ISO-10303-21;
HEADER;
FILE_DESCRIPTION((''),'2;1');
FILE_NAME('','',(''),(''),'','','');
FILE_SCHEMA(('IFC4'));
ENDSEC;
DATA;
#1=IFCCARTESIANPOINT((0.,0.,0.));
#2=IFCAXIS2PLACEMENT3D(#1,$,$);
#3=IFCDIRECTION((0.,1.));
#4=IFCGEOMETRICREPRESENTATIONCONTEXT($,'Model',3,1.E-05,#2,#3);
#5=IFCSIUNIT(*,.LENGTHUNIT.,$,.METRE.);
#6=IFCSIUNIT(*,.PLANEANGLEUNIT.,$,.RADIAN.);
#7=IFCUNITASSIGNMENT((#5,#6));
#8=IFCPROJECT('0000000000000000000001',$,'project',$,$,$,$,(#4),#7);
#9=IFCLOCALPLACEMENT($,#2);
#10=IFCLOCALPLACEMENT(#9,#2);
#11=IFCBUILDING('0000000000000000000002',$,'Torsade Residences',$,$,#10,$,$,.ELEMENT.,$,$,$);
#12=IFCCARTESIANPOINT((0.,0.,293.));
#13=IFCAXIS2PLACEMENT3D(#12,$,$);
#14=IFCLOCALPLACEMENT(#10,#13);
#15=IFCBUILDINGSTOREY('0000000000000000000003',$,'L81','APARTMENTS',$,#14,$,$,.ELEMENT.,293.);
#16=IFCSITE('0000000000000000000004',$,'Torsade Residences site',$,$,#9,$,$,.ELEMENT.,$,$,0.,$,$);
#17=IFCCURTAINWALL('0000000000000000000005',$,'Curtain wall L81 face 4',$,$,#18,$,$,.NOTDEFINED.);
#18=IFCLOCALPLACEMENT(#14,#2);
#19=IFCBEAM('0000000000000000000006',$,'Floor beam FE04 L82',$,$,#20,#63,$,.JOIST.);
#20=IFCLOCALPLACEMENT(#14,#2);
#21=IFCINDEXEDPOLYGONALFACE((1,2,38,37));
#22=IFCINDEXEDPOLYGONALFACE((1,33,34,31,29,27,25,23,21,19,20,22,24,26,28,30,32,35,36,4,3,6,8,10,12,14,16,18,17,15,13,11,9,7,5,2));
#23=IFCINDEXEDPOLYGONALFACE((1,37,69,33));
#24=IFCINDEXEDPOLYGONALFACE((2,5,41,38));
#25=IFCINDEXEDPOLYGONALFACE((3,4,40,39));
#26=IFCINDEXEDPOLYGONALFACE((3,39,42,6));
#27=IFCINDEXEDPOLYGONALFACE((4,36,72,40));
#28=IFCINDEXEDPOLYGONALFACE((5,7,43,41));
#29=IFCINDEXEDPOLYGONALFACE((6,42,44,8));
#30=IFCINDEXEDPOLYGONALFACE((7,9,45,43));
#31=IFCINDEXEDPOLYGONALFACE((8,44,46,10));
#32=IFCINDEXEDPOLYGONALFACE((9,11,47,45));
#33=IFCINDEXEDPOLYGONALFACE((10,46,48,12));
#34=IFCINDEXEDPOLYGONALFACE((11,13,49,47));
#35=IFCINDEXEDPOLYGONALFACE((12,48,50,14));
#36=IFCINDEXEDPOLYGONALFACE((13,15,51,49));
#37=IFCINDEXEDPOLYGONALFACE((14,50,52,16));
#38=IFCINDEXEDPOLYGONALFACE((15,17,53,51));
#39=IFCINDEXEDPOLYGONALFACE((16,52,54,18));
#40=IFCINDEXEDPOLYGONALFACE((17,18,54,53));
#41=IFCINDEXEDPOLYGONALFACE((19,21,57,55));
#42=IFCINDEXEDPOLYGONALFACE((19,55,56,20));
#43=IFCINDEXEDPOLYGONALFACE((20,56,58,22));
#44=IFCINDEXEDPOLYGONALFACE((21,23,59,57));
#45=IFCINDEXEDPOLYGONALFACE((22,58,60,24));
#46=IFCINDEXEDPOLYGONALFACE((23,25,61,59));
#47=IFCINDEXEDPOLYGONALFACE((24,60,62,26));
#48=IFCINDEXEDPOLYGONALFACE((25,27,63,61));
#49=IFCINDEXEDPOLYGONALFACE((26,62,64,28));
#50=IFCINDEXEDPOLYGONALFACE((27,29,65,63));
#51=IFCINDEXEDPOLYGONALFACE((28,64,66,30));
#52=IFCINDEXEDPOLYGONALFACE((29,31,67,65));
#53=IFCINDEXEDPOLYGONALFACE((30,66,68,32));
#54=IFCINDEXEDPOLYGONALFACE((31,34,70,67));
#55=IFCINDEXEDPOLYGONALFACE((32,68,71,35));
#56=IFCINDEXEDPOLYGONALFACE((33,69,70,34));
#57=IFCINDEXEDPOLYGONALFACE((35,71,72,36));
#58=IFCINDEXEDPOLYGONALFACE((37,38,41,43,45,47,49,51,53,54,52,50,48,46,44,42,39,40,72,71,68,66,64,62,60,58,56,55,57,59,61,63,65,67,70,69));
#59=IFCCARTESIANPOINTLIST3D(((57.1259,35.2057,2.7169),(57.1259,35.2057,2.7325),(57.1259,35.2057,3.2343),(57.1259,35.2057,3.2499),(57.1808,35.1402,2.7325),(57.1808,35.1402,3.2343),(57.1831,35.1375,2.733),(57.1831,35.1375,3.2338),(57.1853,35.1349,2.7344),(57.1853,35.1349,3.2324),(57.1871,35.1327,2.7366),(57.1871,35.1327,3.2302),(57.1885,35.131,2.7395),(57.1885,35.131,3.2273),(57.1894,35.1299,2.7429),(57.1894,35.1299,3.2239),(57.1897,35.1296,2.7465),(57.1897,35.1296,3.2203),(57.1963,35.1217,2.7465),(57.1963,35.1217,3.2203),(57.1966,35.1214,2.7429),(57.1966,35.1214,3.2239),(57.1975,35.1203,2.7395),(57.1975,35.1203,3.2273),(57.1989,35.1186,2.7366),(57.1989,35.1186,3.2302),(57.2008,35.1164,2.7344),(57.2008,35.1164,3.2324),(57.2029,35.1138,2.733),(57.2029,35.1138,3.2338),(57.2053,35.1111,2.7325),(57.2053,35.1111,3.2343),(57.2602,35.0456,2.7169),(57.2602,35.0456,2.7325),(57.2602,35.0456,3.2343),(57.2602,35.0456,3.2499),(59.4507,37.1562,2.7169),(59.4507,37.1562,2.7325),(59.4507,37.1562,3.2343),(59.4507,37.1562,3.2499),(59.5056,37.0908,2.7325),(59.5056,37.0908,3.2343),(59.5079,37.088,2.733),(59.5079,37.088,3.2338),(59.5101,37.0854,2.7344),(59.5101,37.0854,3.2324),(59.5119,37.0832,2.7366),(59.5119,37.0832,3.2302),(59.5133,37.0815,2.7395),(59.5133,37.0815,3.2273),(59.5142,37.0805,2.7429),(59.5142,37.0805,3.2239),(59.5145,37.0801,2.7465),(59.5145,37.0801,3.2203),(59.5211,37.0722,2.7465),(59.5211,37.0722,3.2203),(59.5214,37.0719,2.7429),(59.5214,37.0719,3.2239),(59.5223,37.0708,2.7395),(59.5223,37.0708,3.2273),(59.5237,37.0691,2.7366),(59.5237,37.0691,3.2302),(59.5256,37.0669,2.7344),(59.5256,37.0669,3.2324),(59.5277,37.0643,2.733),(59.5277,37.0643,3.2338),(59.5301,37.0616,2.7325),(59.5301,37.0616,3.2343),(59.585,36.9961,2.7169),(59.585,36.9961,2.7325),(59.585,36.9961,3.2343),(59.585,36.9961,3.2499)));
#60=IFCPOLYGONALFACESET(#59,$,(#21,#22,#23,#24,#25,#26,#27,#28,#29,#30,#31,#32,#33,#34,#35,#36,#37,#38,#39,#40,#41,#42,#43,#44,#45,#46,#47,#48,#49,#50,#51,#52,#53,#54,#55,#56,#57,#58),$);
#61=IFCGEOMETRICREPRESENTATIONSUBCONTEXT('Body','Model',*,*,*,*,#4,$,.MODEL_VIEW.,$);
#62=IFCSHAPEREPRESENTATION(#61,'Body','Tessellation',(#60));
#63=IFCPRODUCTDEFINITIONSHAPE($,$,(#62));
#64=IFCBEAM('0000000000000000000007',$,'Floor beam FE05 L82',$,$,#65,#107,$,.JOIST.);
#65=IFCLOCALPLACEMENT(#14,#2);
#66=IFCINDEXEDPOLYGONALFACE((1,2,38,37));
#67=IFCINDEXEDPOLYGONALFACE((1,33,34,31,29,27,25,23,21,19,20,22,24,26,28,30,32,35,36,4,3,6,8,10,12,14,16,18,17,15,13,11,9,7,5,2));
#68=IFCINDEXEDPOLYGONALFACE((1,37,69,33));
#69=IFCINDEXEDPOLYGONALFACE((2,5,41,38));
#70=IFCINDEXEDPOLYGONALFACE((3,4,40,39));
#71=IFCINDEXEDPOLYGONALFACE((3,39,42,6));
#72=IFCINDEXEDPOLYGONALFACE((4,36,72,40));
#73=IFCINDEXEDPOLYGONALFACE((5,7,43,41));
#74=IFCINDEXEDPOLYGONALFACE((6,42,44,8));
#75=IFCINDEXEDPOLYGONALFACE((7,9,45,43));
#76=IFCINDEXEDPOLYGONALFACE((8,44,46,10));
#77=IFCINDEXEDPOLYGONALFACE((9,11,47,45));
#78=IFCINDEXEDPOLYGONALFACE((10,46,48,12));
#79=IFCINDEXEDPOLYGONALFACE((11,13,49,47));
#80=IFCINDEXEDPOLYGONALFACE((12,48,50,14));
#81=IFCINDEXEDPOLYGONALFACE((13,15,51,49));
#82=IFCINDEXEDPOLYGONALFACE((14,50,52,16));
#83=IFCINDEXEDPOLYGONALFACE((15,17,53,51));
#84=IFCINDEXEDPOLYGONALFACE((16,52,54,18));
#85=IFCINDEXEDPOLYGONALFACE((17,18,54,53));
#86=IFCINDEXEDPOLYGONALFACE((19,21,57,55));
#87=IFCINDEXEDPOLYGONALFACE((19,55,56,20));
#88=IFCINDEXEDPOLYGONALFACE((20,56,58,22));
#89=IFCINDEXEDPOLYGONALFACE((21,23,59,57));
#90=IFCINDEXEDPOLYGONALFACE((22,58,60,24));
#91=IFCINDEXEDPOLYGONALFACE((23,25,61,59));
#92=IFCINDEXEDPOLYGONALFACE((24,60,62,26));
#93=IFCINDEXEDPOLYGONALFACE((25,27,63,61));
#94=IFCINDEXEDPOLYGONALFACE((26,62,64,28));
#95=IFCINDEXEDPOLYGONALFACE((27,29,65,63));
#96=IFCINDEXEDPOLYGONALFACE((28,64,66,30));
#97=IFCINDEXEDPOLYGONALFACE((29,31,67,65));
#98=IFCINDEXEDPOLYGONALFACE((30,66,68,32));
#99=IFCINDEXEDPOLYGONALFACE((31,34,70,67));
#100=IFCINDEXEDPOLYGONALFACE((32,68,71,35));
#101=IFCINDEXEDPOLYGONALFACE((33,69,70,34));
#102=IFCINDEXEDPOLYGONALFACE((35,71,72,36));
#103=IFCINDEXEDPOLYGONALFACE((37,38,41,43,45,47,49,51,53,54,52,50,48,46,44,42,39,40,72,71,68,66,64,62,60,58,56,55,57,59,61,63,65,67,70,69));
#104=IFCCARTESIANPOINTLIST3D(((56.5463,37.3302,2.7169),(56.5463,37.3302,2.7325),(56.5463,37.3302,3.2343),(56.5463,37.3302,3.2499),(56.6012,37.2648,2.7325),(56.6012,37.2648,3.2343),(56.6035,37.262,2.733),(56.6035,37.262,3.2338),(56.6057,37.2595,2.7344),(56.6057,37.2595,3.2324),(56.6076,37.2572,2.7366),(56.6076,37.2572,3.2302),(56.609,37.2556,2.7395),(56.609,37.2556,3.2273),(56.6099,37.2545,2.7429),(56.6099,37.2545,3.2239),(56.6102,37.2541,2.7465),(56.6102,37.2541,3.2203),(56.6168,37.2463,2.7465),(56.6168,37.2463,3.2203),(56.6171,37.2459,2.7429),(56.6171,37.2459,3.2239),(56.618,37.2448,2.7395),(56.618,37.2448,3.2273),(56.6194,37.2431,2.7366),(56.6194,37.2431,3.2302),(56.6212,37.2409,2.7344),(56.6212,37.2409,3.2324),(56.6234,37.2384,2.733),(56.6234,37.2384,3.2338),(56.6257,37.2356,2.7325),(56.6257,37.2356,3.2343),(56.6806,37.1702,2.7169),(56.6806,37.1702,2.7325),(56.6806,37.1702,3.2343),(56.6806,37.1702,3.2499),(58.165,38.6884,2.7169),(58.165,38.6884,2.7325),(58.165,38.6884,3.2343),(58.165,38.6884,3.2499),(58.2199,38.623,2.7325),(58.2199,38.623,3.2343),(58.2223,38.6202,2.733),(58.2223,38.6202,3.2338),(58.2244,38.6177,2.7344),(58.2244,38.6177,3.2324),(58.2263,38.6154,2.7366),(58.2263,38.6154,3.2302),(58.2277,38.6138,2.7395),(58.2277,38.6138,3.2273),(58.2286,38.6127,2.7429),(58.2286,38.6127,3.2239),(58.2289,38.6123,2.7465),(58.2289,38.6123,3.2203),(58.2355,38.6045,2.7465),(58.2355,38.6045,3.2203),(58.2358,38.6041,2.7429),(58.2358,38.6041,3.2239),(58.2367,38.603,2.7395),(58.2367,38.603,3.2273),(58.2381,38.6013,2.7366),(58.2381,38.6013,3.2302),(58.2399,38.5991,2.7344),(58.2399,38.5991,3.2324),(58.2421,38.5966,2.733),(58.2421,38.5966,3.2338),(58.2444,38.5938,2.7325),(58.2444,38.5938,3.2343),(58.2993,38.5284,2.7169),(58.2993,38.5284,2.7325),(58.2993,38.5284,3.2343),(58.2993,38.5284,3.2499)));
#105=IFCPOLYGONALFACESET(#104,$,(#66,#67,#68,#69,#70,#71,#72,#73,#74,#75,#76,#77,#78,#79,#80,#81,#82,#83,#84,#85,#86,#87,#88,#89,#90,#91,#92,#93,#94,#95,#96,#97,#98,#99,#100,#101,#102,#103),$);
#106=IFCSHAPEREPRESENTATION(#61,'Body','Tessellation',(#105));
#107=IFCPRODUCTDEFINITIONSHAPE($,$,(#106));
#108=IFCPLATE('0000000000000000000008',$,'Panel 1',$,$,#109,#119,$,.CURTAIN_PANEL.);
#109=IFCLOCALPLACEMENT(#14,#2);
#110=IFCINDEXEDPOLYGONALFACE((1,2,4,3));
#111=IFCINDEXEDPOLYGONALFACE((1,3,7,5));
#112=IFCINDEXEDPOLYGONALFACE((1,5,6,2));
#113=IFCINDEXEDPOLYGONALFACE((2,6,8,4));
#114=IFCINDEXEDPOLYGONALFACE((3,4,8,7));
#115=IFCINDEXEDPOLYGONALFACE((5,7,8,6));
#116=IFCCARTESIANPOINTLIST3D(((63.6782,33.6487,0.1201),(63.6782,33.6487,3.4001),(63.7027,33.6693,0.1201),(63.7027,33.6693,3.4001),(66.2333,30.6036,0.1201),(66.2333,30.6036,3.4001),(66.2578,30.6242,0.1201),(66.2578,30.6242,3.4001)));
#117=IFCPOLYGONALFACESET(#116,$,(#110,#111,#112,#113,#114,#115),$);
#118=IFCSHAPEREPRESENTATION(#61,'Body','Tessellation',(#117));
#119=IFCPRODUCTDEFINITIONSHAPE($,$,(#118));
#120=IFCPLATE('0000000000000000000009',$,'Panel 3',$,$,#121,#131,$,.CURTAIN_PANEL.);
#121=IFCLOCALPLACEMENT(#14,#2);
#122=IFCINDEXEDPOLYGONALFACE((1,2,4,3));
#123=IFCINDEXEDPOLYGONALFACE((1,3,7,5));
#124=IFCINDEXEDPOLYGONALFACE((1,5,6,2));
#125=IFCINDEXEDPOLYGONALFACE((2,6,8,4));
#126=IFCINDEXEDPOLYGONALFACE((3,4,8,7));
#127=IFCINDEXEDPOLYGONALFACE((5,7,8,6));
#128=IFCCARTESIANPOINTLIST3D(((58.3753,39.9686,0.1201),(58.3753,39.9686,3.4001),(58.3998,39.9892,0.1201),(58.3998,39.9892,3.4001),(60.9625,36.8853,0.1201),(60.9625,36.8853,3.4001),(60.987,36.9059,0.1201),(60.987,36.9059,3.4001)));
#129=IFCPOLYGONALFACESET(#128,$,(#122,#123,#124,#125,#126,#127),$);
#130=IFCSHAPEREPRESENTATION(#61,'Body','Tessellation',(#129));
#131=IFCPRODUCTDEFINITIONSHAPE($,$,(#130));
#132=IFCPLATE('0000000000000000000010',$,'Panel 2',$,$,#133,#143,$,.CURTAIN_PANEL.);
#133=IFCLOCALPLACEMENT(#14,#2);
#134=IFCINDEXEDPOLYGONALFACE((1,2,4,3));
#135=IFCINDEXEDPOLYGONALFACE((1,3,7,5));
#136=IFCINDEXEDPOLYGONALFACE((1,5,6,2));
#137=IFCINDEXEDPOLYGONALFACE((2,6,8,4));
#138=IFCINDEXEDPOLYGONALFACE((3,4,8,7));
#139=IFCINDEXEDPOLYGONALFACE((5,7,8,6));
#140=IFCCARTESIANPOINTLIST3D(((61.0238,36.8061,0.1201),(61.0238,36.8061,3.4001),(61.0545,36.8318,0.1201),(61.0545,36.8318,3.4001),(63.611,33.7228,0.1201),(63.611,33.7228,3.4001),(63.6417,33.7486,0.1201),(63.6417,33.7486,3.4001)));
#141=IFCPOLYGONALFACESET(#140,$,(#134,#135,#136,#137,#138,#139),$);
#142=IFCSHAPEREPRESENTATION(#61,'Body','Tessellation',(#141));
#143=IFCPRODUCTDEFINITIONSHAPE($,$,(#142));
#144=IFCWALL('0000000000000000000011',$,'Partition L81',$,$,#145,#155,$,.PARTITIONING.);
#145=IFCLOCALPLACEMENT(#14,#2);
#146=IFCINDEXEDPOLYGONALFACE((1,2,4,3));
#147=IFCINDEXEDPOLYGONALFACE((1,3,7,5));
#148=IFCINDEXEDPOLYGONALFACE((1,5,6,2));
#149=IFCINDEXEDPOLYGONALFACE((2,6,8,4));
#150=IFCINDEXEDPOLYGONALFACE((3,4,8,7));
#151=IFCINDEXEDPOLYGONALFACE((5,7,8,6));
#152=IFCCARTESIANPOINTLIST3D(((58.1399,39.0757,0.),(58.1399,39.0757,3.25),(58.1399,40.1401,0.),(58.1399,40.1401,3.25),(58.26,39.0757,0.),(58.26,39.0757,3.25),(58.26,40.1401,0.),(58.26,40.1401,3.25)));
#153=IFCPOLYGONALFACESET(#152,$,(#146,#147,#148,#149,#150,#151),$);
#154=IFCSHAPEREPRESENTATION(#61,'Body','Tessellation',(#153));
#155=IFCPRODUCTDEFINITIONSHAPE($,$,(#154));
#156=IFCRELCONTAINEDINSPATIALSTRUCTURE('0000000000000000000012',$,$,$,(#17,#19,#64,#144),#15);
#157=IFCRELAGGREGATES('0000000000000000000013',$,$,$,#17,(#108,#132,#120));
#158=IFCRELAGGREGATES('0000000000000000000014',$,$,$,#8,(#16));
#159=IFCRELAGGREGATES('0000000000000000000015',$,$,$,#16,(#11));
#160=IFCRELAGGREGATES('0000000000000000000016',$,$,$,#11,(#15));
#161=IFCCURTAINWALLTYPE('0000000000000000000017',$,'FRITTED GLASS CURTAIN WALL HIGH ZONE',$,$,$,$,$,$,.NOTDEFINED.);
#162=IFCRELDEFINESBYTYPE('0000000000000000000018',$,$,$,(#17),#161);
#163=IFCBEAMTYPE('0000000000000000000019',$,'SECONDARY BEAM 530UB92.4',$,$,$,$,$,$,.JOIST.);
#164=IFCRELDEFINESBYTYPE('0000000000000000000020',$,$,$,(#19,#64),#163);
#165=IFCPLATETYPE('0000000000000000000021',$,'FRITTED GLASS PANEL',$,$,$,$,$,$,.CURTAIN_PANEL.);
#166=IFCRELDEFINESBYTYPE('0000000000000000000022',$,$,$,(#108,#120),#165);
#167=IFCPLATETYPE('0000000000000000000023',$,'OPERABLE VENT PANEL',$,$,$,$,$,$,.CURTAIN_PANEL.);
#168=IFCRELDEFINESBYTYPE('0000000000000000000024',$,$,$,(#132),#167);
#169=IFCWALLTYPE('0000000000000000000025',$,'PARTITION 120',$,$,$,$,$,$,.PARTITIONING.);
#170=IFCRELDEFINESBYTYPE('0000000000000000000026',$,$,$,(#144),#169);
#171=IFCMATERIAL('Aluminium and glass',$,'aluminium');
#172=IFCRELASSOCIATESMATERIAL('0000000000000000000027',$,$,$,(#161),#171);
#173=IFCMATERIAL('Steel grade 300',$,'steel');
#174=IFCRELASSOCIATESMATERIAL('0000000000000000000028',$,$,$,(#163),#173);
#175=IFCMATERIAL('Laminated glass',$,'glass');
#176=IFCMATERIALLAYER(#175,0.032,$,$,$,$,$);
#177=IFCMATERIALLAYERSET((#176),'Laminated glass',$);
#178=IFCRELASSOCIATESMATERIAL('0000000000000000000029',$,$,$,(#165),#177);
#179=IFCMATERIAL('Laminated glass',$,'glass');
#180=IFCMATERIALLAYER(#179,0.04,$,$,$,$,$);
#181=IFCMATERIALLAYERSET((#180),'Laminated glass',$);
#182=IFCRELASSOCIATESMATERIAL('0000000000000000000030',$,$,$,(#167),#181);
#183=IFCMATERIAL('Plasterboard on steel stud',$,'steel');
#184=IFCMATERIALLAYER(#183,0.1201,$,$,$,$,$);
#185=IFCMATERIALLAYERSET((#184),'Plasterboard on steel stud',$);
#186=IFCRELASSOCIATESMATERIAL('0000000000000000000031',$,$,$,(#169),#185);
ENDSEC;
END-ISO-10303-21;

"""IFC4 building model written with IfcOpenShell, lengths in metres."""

from ifc_helpers import new_model, si_unit, direction, frame, frame_2d, origin, origin_2d, place, context, subcontext, project, spatial, rectangle, i_section, extrude, material, layer, layer_set, material_profile, profile_set, type_object, element, aggregate, save


model = new_model("IFC4")

# Units and contexts
model_context = context("Model", 3, precision=1e-05, world=origin(), true_north=direction((0.0, 1.0)))
body_context = subcontext(model_context, "Body", "Model", "MODEL_VIEW")
ifc_project = project(units=[si_unit("LENGTHUNIT", "METRE"), si_unit("PLANEANGLEUNIT", "RADIAN")], contexts=[model_context])

# Site, building, storey
site_placement = place(None, origin())
site = spatial("IfcSite", under=ifc_project, at=site_placement, Name="Torsade Residences site", CompositionType="ELEMENT", RefElevation=0.0)
building_placement = place(site_placement, origin())
building = spatial("IfcBuilding", under=site, at=building_placement, Name="Torsade Residences", CompositionType="ELEMENT")
storey_placement = place(building_placement, frame((0.0, 0.0, 293.0)))
storey = spatial("IfcBuildingStorey", under=building, at=storey_placement, Name="L81", Description="APARTMENTS", CompositionType="ELEMENT", Elevation=293.0)

# Curtain wall
ifc_material_1 = material(Name="Aluminium and glass", Category="aluminium")
curtain_wall_type = type_object("IfcCurtainWallType", Name="FRITTED GLASS CURTAIN WALL HIGH ZONE", PredefinedType="NOTDEFINED", material=ifc_material_1)
curtain_wall_placement = place(storey_placement, origin())
curtain_wall = element("IfcCurtainWall", 1, at=curtain_wall_placement, inside=storey, type_object=curtain_wall_type, Name="Curtain wall L81 face 4", PredefinedType="NOTDEFINED")

# Beams
ifc_material_2 = material(Name="Steel grade 300", Category="steel")
ifc_material_profile_1 = material_profile(ifc_material_2, i_section(OverallWidth=0.209, OverallDepth=0.533, WebThickness=0.0103, FlangeThickness=0.0156, FilletRadius=0.0139, at=origin_2d()), Name="530UB92.4")
ifc_profile_set_1 = profile_set([ifc_material_profile_1], Name="Steel grade 300")
beam_type_1 = type_object("IfcBeamType", Name="SECONDARY BEAM 530UB92.4", PredefinedType="JOIST", material=ifc_profile_set_1)
beam_1_placement = place(storey_placement, frame((59.5178, 37.0762, 2.9834), z_axis=(-0.76608, -0.642745, 0.0), x_axis=(0.642745, -0.76608, 0.0)))
element("IfcBeam", 2, at=beam_1_placement, inside=storey, type_object=beam_type_1, Name="Floor beam FE04 L82", PredefinedType="JOIST", context=body_context, shape_type="SweptSolid", body=[
    extrude(i_section(OverallWidth=0.209, OverallDepth=0.533, WebThickness=0.0103, FlangeThickness=0.0156, FilletRadius=0.0139, at=origin_2d()), origin(), (0.0, 0.0, 1.0), 3.0347),
])
beam_2_placement = place(storey_placement, frame((58.2322, 38.6084, 2.9834), z_axis=(-0.766058, -0.642772, 0.0), x_axis=(0.642772, -0.766058, 0.0)))
element("IfcBeam", 3, at=beam_2_placement, inside=storey, type_object=beam_type_1, Name="Floor beam FE05 L82", PredefinedType="JOIST", context=body_context, shape_type="SweptSolid", body=[
    extrude(i_section(OverallWidth=0.209, OverallDepth=0.533, WebThickness=0.0103, FlangeThickness=0.0156, FilletRadius=0.0139, at=origin_2d()), origin(), (0.0, 0.0, 1.0), 2.113),
])

# Plates
ifc_material_3 = material(Name="Laminated glass", Category="glass")
ifc_layer_1 = layer(ifc_material_3, 0.032)
ifc_layer_set_1 = layer_set([ifc_layer_1], Name="Laminated glass")
plate_type_1 = type_object("IfcPlateType", Name="FRITTED GLASS PANEL", PredefinedType="CURTAIN_PANEL", material=ifc_layer_set_1)
plate_1_placement = place(storey_placement, frame((64.968, 32.1365, 0.1201), z_axis=(0.0, 0.0, 1.0), x_axis=(-0.642788, 0.766044, 0.0)))
plate_1 = element("IfcPlate", 4, at=plate_1_placement, type_object=plate_type_1, Name="Panel 1", PredefinedType="CURTAIN_PANEL", context=body_context, shape_type="SweptSolid", body=[
    extrude(rectangle(XDim=3.9751, YDim=0.032, at=origin_2d()), origin(), (0.0, 0.0, 1.0), 3.28),
])
plate_2_placement = place(storey_placement, frame((59.6812, 38.4373, 0.1201), z_axis=(0.0, 0.0, 1.0), x_axis=(-0.642788, 0.766044, 0.0)))
plate_2 = element("IfcPlate", 5, at=plate_2_placement, type_object=plate_type_1, Name="Panel 3", PredefinedType="CURTAIN_PANEL", context=body_context, shape_type="SweptSolid", body=[
    extrude(rectangle(XDim=4.0249, YDim=0.032, at=origin_2d()), origin(), (0.0, 0.0, 1.0), 3.28),
])
ifc_material_4 = material(Name="Laminated glass", Category="glass")
ifc_layer_2 = layer(ifc_material_4, 0.04)
ifc_layer_set_2 = layer_set([ifc_layer_2], Name="Laminated glass")
plate_type_2 = type_object("IfcPlateType", Name="OPERABLE VENT PANEL", PredefinedType="CURTAIN_PANEL", material=ifc_layer_set_2)
plate_3_placement = place(storey_placement, frame((62.3328, 35.2773, 0.1201), z_axis=(0.0, 0.0, 1.0), x_axis=(-0.642788, 0.766044, 0.0)))
plate_3 = element("IfcPlate", 6, at=plate_3_placement, type_object=plate_type_2, Name="Panel 2", PredefinedType="CURTAIN_PANEL", context=body_context, shape_type="SweptSolid", body=[
    extrude(rectangle(XDim=4.0249, YDim=0.04, at=origin_2d()), origin(), (0.0, 0.0, 1.0), 3.28),
])
aggregate(curtain_wall, [plate_1, plate_3, plate_2])

# Wall
ifc_material_5 = material(Name="Plasterboard on steel stud", Category="steel")
ifc_layer_3 = layer(ifc_material_5, 0.1201)
ifc_layer_set_3 = layer_set([ifc_layer_3], Name="Plasterboard on steel stud")
wall_type_1 = type_object("IfcWallType", Name="PARTITION 120", PredefinedType="PARTITIONING", material=ifc_layer_set_3)
wall_1_placement = place(storey_placement, frame((58.2, 40.1401, 0.0), z_axis=(0.0, 0.0, 1.0), x_axis=(0.0, -1.0, 0.0)))
element("IfcWall", 7, at=wall_1_placement, inside=storey, type_object=wall_type_1, Name="Partition L81", PredefinedType="PARTITIONING", context=body_context, shape_type="SweptSolid", body=[
    extrude(rectangle(XDim=1.0645, YDim=0.1201, at=frame_2d((0.5322, 0.0))), origin(), (0.0, 0.0, 1.0), 3.25),
])

save(model, "model.ifc")
